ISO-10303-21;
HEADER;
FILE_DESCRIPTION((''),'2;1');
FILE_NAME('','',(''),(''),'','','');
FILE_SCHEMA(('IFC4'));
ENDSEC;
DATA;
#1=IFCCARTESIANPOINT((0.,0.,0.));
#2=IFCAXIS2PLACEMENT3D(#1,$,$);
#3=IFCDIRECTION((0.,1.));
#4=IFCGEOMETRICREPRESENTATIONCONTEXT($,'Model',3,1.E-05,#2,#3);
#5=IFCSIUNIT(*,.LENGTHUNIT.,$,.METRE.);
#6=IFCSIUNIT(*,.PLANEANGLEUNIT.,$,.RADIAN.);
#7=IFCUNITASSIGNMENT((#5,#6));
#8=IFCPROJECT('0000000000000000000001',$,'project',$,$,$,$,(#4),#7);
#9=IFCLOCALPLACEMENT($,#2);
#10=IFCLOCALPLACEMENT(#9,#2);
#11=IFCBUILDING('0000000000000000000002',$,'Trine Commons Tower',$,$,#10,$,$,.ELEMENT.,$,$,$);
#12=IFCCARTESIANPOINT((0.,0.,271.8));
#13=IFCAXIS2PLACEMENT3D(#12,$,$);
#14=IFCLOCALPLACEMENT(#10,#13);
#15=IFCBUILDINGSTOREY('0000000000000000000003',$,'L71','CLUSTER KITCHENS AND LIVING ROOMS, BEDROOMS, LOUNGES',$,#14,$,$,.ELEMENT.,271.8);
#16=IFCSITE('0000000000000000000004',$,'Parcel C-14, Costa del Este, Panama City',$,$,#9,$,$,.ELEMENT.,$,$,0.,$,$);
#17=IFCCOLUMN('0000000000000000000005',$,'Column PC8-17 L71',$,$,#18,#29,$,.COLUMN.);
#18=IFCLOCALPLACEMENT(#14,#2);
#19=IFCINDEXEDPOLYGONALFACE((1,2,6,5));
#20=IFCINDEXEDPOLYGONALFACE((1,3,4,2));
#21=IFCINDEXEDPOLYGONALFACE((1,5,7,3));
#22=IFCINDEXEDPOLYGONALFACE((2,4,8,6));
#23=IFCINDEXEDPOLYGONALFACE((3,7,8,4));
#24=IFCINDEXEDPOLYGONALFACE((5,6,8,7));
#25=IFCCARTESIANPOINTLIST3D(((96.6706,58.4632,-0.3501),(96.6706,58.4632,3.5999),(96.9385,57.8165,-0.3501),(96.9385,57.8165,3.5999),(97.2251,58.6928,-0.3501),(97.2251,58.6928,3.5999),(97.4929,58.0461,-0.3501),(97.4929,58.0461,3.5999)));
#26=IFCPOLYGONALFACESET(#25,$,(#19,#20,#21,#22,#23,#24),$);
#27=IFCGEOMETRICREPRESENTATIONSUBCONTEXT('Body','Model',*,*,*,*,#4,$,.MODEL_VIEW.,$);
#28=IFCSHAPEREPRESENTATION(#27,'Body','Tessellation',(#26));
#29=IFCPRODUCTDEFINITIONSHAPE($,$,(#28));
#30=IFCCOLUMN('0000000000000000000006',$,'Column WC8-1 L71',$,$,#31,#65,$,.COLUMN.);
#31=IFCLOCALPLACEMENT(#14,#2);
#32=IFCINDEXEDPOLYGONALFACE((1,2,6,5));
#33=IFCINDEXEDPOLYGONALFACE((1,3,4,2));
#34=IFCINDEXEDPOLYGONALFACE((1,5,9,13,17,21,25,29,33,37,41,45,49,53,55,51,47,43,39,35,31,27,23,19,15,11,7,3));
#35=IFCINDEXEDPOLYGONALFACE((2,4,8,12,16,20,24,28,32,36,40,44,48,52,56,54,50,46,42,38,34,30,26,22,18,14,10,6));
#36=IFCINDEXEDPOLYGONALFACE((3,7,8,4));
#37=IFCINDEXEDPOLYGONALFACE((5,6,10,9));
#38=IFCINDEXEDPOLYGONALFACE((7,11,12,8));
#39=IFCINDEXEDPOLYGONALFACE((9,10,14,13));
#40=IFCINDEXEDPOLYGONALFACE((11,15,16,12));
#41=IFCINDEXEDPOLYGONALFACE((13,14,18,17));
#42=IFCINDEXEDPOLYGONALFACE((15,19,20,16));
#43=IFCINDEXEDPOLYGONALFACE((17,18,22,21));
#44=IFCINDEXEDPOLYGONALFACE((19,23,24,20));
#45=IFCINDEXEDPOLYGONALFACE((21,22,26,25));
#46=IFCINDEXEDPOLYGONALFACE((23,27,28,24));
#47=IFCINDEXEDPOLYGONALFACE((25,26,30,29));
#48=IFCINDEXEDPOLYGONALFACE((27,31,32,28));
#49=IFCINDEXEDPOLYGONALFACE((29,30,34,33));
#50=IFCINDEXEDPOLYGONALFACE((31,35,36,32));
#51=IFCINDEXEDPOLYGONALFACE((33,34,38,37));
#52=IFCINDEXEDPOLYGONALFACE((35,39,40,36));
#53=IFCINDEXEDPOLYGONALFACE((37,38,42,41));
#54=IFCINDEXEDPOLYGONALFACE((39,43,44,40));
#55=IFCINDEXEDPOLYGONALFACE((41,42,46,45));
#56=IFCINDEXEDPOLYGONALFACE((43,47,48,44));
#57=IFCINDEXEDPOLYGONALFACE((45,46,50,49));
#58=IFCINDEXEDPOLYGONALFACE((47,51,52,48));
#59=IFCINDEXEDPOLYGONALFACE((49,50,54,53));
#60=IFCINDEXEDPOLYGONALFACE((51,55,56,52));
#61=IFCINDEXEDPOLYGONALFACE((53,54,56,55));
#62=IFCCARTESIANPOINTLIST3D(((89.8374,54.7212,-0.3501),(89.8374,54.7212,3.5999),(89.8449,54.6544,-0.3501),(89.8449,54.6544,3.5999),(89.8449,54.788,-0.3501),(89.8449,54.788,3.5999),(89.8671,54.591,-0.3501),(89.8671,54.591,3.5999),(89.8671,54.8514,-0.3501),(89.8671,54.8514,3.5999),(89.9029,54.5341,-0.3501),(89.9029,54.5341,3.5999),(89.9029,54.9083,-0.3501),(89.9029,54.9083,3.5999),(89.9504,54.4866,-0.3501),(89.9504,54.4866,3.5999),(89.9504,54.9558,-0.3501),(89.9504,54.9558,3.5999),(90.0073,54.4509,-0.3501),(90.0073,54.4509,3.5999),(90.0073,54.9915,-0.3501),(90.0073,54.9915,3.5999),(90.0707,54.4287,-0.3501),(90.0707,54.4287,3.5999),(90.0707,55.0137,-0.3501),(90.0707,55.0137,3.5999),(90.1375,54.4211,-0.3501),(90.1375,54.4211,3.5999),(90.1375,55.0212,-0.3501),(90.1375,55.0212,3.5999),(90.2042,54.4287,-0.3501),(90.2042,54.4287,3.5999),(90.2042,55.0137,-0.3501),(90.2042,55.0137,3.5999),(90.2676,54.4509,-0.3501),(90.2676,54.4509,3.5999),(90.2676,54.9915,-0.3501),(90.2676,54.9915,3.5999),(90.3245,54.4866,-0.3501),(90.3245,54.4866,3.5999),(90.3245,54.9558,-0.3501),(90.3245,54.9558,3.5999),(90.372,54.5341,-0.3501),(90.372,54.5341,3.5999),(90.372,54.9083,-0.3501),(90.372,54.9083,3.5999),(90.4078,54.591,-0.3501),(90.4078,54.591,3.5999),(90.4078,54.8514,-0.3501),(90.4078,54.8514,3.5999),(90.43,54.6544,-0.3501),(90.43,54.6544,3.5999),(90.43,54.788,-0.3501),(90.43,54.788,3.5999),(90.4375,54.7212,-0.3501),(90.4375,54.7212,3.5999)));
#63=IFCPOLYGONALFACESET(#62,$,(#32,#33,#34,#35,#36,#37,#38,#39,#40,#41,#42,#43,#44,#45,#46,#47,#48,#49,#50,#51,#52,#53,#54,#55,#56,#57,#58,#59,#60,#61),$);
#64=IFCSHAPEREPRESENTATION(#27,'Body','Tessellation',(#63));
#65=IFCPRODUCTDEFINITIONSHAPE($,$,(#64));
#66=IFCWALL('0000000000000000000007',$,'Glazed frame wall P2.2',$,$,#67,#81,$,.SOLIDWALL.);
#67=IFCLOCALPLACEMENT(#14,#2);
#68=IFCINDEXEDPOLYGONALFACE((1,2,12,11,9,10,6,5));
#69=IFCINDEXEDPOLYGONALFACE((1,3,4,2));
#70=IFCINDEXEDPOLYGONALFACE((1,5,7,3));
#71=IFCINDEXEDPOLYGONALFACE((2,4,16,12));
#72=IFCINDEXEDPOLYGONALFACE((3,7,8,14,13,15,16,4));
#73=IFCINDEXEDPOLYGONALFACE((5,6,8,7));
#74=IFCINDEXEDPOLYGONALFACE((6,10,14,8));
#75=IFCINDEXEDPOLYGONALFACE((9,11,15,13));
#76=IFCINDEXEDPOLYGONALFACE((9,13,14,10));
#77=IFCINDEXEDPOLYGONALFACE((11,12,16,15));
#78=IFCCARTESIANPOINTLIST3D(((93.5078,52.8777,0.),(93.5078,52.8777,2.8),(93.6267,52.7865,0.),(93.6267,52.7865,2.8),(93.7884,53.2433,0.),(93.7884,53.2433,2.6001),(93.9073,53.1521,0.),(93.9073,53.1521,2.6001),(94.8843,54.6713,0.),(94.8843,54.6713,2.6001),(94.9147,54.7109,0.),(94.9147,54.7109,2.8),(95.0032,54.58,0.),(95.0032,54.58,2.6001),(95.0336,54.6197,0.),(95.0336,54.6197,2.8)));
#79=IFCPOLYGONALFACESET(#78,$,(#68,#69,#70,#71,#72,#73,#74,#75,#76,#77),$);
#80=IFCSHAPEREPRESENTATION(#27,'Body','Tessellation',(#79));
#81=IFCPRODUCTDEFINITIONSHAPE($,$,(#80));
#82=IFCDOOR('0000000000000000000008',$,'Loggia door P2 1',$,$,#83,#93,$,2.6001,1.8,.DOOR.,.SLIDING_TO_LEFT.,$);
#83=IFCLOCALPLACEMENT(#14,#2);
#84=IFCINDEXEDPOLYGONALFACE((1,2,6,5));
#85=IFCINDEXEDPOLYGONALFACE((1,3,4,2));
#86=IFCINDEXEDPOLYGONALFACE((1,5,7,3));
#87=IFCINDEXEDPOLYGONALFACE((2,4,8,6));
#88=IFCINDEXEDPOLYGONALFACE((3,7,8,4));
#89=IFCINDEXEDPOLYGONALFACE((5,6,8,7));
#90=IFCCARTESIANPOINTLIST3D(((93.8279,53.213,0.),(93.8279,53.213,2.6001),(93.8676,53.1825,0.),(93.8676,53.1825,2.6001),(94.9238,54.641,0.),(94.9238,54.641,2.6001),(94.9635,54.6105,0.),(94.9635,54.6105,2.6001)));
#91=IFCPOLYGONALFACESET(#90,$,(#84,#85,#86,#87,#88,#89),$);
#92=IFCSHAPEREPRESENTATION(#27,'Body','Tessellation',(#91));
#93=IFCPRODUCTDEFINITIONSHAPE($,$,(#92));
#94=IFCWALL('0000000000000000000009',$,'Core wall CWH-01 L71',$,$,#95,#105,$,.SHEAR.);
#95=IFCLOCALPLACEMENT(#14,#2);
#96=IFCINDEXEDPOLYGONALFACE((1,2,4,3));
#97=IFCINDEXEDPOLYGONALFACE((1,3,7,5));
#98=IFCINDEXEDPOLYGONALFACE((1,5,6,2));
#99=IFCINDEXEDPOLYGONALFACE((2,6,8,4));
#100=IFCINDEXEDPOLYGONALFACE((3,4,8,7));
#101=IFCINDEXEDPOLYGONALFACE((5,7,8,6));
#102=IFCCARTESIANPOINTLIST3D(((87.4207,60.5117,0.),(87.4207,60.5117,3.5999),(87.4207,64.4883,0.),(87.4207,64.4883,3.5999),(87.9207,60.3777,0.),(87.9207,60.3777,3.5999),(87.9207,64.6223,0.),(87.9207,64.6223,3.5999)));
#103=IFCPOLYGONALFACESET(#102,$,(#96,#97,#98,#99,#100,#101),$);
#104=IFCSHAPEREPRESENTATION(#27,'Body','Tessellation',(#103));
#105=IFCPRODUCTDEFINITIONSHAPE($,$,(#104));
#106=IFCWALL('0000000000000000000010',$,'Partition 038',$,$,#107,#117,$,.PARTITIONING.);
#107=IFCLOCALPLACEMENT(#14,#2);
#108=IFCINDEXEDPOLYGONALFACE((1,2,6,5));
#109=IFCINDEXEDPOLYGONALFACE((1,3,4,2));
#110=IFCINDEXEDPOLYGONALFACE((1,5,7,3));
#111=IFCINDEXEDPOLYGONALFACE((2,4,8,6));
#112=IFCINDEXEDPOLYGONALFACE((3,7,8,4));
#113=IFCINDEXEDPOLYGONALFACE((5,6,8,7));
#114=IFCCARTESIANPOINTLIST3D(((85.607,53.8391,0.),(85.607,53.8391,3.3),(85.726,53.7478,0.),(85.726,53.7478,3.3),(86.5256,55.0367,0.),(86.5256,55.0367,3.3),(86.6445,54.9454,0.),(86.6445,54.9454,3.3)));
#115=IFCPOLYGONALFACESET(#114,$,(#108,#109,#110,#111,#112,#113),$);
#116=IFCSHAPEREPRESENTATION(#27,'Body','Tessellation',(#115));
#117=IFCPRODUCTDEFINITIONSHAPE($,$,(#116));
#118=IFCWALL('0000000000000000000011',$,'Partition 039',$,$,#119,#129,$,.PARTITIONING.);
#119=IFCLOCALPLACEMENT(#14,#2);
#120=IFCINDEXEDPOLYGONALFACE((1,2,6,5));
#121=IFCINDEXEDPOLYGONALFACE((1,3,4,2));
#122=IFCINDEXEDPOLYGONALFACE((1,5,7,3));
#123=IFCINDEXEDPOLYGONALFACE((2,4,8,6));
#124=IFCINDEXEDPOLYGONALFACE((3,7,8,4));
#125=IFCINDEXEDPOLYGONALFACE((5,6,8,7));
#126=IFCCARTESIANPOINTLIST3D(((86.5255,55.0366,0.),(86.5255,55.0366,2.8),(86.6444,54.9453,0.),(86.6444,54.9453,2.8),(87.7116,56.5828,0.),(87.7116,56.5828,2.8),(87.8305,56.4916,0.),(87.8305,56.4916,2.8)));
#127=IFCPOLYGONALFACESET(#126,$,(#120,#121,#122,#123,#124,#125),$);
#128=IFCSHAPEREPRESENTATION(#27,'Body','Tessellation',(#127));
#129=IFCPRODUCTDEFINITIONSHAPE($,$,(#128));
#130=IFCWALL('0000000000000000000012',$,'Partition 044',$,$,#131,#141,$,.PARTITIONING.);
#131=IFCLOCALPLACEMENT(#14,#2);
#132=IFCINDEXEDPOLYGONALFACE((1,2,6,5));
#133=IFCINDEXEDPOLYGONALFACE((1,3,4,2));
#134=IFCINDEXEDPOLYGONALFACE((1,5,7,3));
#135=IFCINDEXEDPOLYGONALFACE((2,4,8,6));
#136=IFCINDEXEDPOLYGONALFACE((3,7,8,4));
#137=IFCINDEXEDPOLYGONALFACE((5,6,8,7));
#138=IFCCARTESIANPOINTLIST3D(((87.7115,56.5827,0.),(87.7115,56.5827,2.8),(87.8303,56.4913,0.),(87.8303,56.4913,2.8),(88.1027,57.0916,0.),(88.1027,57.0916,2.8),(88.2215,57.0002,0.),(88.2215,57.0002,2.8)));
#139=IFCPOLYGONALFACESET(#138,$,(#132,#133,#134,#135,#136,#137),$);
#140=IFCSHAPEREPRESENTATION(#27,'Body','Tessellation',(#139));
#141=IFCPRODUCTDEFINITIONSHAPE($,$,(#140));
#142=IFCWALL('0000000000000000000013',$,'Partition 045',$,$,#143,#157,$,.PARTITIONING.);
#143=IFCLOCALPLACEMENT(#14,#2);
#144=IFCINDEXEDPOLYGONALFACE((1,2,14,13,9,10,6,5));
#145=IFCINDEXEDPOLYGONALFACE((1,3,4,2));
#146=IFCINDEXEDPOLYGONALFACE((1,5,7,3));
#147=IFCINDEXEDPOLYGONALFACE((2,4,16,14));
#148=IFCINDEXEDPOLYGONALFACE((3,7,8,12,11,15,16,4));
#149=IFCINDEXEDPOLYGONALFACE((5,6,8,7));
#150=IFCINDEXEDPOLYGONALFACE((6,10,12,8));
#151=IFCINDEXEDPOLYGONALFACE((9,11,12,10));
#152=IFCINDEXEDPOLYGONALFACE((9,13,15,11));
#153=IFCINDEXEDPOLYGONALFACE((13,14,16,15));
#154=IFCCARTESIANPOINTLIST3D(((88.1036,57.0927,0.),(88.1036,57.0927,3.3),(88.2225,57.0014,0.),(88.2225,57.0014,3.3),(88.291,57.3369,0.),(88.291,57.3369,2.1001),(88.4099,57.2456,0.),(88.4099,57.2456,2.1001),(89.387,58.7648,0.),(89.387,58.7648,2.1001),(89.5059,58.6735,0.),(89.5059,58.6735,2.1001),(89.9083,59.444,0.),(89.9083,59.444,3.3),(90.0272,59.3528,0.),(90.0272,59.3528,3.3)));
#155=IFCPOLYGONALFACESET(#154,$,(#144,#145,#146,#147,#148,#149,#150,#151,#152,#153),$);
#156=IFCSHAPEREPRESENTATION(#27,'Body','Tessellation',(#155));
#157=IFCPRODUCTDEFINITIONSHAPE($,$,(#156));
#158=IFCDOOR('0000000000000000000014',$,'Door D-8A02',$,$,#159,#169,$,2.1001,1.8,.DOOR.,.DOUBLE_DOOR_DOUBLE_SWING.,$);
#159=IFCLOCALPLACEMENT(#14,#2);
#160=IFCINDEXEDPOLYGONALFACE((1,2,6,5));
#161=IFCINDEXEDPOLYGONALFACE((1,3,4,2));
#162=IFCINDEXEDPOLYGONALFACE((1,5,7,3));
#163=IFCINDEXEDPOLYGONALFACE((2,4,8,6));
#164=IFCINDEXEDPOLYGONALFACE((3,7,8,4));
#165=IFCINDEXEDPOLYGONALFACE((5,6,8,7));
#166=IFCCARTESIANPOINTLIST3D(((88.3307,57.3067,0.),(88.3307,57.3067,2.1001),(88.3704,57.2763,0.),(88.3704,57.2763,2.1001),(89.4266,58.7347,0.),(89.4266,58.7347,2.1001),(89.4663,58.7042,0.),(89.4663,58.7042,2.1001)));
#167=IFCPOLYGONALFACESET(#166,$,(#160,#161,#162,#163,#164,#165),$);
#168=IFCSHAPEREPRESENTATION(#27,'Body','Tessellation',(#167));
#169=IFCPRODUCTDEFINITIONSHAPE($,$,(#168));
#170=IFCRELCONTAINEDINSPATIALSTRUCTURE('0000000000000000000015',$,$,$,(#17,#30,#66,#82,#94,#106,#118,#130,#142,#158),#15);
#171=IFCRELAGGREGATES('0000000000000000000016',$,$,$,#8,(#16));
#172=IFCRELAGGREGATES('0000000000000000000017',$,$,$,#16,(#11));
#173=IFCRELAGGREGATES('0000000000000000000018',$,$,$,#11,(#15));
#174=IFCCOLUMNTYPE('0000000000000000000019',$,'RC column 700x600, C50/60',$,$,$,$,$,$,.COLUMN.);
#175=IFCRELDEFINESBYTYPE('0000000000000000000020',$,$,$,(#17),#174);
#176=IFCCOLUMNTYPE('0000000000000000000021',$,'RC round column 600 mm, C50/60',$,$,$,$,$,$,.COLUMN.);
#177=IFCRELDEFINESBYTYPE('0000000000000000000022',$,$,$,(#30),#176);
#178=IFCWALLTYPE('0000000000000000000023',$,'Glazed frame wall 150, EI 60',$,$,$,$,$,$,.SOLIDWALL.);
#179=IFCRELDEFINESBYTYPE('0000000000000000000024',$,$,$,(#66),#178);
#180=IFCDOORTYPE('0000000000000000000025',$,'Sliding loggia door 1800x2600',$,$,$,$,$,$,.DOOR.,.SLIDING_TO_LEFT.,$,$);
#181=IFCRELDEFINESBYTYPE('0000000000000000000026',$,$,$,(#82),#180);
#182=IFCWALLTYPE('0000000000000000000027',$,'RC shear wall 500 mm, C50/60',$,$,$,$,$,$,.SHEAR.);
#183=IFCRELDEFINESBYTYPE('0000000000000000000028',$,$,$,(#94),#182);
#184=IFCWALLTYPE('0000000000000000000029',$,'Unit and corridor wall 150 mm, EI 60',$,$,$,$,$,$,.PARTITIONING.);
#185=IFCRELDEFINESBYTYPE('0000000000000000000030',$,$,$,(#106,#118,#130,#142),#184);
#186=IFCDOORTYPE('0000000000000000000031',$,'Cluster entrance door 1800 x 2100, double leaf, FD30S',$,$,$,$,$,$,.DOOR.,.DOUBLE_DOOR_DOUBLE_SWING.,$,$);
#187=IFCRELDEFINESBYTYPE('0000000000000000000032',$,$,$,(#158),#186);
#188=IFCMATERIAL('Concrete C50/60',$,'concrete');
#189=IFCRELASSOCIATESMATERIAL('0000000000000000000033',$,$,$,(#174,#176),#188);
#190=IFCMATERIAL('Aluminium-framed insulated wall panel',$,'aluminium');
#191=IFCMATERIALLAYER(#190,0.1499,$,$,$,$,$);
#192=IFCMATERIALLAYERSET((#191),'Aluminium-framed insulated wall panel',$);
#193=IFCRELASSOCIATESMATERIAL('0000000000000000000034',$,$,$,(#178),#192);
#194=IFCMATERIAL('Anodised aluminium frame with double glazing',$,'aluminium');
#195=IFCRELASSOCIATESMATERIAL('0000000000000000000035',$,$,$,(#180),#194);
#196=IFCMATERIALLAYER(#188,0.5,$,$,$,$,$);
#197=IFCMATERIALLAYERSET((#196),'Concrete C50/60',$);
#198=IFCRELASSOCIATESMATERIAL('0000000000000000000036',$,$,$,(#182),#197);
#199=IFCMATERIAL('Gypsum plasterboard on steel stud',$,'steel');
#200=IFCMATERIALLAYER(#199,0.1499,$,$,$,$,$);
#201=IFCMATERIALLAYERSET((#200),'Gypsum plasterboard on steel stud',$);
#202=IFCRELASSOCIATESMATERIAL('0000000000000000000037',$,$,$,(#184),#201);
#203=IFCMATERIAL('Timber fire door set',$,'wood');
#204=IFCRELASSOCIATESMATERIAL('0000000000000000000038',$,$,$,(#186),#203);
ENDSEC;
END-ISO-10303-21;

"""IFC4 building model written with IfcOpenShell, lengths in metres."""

from ifc_helpers import new_model, si_unit, direction, frame, frame_2d, origin, origin_2d, place, context, subcontext, project, spatial, polyline, rectangle, circle, outline, extrude, material, layer, layer_set, material_profile, profile_set, type_object, element, fill, save


model = new_model("IFC4")

# Units and contexts
model_context = context("Model", 3, precision=1e-05, world=origin(), true_north=direction((0.0, 1.0)))
body_context = subcontext(model_context, "Body", "Model", "MODEL_VIEW")
ifc_project = project(units=[si_unit("LENGTHUNIT", "METRE"), si_unit("PLANEANGLEUNIT", "RADIAN")], contexts=[model_context])

# Site, building, storey
site_placement = place(None, origin())
site = spatial("IfcSite", under=ifc_project, at=site_placement, Name="Parcel C-14, Costa del Este, Panama City", CompositionType="ELEMENT", RefElevation=0.0)
building_placement = place(site_placement, origin())
building = spatial("IfcBuilding", under=site, at=building_placement, Name="Trine Commons Tower", CompositionType="ELEMENT")
storey_placement = place(building_placement, frame((0.0, 0.0, 271.8)))
storey = spatial("IfcBuildingStorey", under=building, at=storey_placement, Name="L71", Description="CLUSTER KITCHENS AND LIVING ROOMS, BEDROOMS, LOUNGES", CompositionType="ELEMENT", Elevation=271.8)

# Columns
ifc_material_1 = material(Name="Concrete C50/60", Category="concrete")
ifc_material_profile_1 = material_profile(ifc_material_1, rectangle(XDim=0.7, YDim=0.6001, at=origin_2d()), Name="RC 700x600")
ifc_profile_set_1 = profile_set([ifc_material_profile_1], Name="Concrete C50/60")
column_type_1 = type_object("IfcColumnType", Name="RC column 700x600, C50/60", PredefinedType="COLUMN", material=ifc_profile_set_1)
column_1_placement = place(storey_placement, frame((97.0818, 58.2546, -0.3501), z_axis=(0.0, 0.0, 1.0), x_axis=(-0.382683, 0.92388, 0.0)))
element("IfcColumn", 1, at=column_1_placement, inside=storey, type_object=column_type_1, Name="Column PC8-17 L71", PredefinedType="COLUMN", context=body_context, shape_type="SweptSolid", body=[
    extrude(rectangle(XDim=0.7, YDim=0.6001, at=origin_2d()), origin(), (0.0, 0.0, 1.0), 3.95),
])
ifc_material_profile_2 = material_profile(ifc_material_1, circle(Radius=0.3, at=origin_2d()), Name="RC round 600")
ifc_profile_set_2 = profile_set([ifc_material_profile_2], Name="Concrete C50/60")
column_type_2 = type_object("IfcColumnType", Name="RC round column 600 mm, C50/60", PredefinedType="COLUMN", material=ifc_profile_set_2)
column_2_placement = place(storey_placement, frame((90.1375, 54.7212, -0.3501), z_axis=(0.0, 0.0, 1.0), x_axis=(1.0, 0.0, 0.0)))
element("IfcColumn", 2, at=column_2_placement, inside=storey, type_object=column_type_2, Name="Column WC8-1 L71", PredefinedType="COLUMN", context=body_context, shape_type="SweptSolid", body=[
    extrude(circle(Radius=0.3, at=origin_2d()), origin(), (0.0, 0.0, 1.0), 3.95),
])

# Shared definitions
ifc_material_2 = material(Name="Aluminium-framed insulated wall panel", Category="aluminium")
ifc_layer_1 = layer(ifc_material_2, 0.1499)
ifc_layer_set_1 = layer_set([ifc_layer_1], Name="Aluminium-framed insulated wall panel")
wall_type_1 = type_object("IfcWallType", Name="Glazed frame wall 150, EI 60", PredefinedType="SOLIDWALL", material=ifc_layer_set_1)

# Wall, opening, door
wall_1_placement = place(storey_placement, frame((94.9741, 54.6653, 0.0), z_axis=(0.0, 0.0, 1.0), x_axis=(-0.608822, -0.793307, 0.0)))
wall_1 = element("IfcWall", 3, at=wall_1_placement, inside=storey, type_object=wall_type_1, Name="Glazed frame wall P2.2", PredefinedType="SOLIDWALL", context=body_context, shape_type="SweptSolid", body=[
    extrude(outline(polyline([(0.0, -0.075), (2.3108, -0.075), (2.3108, 0.075), (0.0, 0.075), (0.0, -0.075)])), origin(), (0.0, 0.0, 1.0), 2.8),
])
opening_1_placement = place(wall_1_placement, frame((0.05, 0.0, 0.0)))
opening_1 = element("IfcOpeningElement", 4, at=opening_1_placement, cuts=wall_1, PredefinedType="OPENING", context=body_context, shape_type="SweptSolid", body=[
    extrude(rectangle(XDim=1.8, YDim=2.6001, at=frame_2d((0.8999, 1.3))), frame((0.0, 0.085, 0.0), z_axis=(0.0, -1.0, 0.0), x_axis=(1.0, 0.0, 0.0)), (0.0, 0.0, 1.0), 0.1699),
])
ifc_material_3 = material(Name="Anodised aluminium frame with double glazing", Category="aluminium")
door_type_1 = type_object("IfcDoorType", Name="Sliding loggia door 1800x2600", OperationType="SLIDING_TO_LEFT", PredefinedType="DOOR", material=ifc_material_3)
door_1_placement = place(opening_1_placement, origin())
door_1 = element("IfcDoor", 5, at=door_1_placement, inside=storey, type_object=door_type_1, Name="Loggia door P2 1", OperationType="SLIDING_TO_LEFT", OverallHeight=2.6001, OverallWidth=1.8, PredefinedType="DOOR", context=body_context, shape_type="SweptSolid", body=[
    extrude(rectangle(XDim=1.8, YDim=2.6001, at=frame_2d((0.8999, 1.3))), frame((0.0, 0.0249, 0.0), z_axis=(0.0, -1.0, 0.0), x_axis=(1.0, 0.0, 0.0)), (0.0, 0.0, 1.0), 0.05),
])
fill(opening_1, door_1)

# Walls
ifc_layer_2 = layer(ifc_material_1, 0.5)
ifc_layer_set_2 = layer_set([ifc_layer_2], Name="Concrete C50/60")
wall_type_2 = type_object("IfcWallType", Name="RC shear wall 500 mm, C50/60", PredefinedType="SHEAR", material=ifc_layer_set_2)
wall_2_placement = place(storey_placement, frame((87.6707, 60.3777, 0.0), z_axis=(0.0, 0.0, 1.0), x_axis=(0.0, 1.0, 0.0)))
element("IfcWall", 6, at=wall_2_placement, inside=storey, type_object=wall_type_2, Name="Core wall CWH-01 L71", PredefinedType="SHEAR", context=body_context, shape_type="SweptSolid", body=[
    extrude(outline(polyline([(0.0, -0.25), (4.2446, -0.25), (4.1106, 0.25), (0.134, 0.25), (0.0, -0.25)])), origin(), (0.0, 0.0, 1.0), 3.5999),
])
ifc_material_4 = material(Name="Gypsum plasterboard on steel stud", Category="steel")
ifc_layer_3 = layer(ifc_material_4, 0.1499)
ifc_layer_set_3 = layer_set([ifc_layer_3], Name="Gypsum plasterboard on steel stud")
wall_type_3 = type_object("IfcWallType", Name="Unit and corridor wall 150 mm, EI 60", PredefinedType="PARTITIONING", material=ifc_layer_set_3)
wall_3_placement = place(storey_placement, frame((85.6665, 53.7935, 0.0), z_axis=(0.0, 0.0, 1.0), x_axis=(0.608584, 0.793489, 0.0)))
element("IfcWall", 7, at=wall_3_placement, inside=storey, type_object=wall_type_3, Name="Partition 038", PredefinedType="PARTITIONING", context=body_context, shape_type="SweptSolid", body=[
    extrude(rectangle(XDim=1.5093, YDim=0.1499, at=frame_2d((0.7546, 0.0))), origin(), (0.0, 0.0, 1.0), 3.3),
])
wall_4_placement = place(storey_placement, frame((86.585, 54.991, 0.0), z_axis=(0.0, 0.0, 1.0), x_axis=(0.608645, 0.793443, 0.0)))
element("IfcWall", 8, at=wall_4_placement, inside=storey, type_object=wall_type_3, Name="Partition 039", PredefinedType="PARTITIONING", context=body_context, shape_type="SweptSolid", body=[
    extrude(rectangle(XDim=1.9487, YDim=0.1499, at=frame_2d((0.9744, 0.0))), origin(), (0.0, 0.0, 1.0), 2.8),
])
wall_5_placement = place(storey_placement, frame((87.771, 56.5371, 0.0), z_axis=(0.0, 0.0, 1.0), x_axis=(0.609453, 0.792822, 0.0)))
element("IfcWall", 9, at=wall_5_placement, inside=storey, type_object=wall_type_3, Name="Partition 044", PredefinedType="PARTITIONING", context=body_context, shape_type="SweptSolid", body=[
    extrude(rectangle(XDim=0.6418, YDim=0.1499, at=frame_2d((0.3208, 0.0))), origin(), (0.0, 0.0, 1.0), 2.8),
])

# Wall, opening, door
wall_6_placement = place(storey_placement, frame((88.1631, 57.0471, 0.0), z_axis=(0.0, 0.0, 1.0), x_axis=(0.608859, 0.793279, 0.0)))
wall_6 = element("IfcWall", 10, at=wall_6_placement, inside=storey, type_object=wall_type_3, Name="Partition 045", PredefinedType="PARTITIONING", context=body_context, shape_type="SweptSolid", body=[
    extrude(rectangle(XDim=2.9641, YDim=0.1499, at=frame_2d((1.4819, 0.0))), origin(), (0.0, 0.0, 1.0), 3.3),
])
opening_2_placement = place(wall_6_placement, frame((0.3079, 0.0, 0.0)))
opening_2 = element("IfcOpeningElement", 11, at=opening_2_placement, cuts=wall_6, PredefinedType="OPENING", context=body_context, shape_type="SweptSolid", body=[
    extrude(rectangle(XDim=1.8, YDim=2.1001, at=frame_2d((0.8999, 1.05))), frame((0.0, 0.085, 0.0), z_axis=(0.0, -1.0, 0.0), x_axis=(1.0, 0.0, 0.0)), (0.0, 0.0, 1.0), 0.1699),
])
ifc_material_5 = material(Name="Timber fire door set", Category="wood")
door_type_2 = type_object("IfcDoorType", Name="Cluster entrance door 1800 x 2100, double leaf, FD30S", OperationType="DOUBLE_DOOR_DOUBLE_SWING", PredefinedType="DOOR", material=ifc_material_5)
door_2_placement = place(opening_2_placement, frame((1.8, 0.0, 0.0), z_axis=(0.0, 0.0, 1.0), x_axis=(-1.0, 0.0, 0.0)))
door_2 = element("IfcDoor", 12, at=door_2_placement, inside=storey, type_object=door_type_2, Name="Door D-8A02", OperationType="DOUBLE_DOOR_DOUBLE_SWING", OverallHeight=2.1001, OverallWidth=1.8, PredefinedType="DOOR", context=body_context, shape_type="SweptSolid", body=[
    extrude(rectangle(XDim=1.8, YDim=2.1001, at=frame_2d((0.8999, 1.05))), frame((0.0, 0.0249, 0.0), z_axis=(0.0, -1.0, 0.0), x_axis=(1.0, 0.0, 0.0)), (0.0, 0.0, 1.0), 0.05),
])
fill(opening_2, door_2)

save(model, "model.ifc")
